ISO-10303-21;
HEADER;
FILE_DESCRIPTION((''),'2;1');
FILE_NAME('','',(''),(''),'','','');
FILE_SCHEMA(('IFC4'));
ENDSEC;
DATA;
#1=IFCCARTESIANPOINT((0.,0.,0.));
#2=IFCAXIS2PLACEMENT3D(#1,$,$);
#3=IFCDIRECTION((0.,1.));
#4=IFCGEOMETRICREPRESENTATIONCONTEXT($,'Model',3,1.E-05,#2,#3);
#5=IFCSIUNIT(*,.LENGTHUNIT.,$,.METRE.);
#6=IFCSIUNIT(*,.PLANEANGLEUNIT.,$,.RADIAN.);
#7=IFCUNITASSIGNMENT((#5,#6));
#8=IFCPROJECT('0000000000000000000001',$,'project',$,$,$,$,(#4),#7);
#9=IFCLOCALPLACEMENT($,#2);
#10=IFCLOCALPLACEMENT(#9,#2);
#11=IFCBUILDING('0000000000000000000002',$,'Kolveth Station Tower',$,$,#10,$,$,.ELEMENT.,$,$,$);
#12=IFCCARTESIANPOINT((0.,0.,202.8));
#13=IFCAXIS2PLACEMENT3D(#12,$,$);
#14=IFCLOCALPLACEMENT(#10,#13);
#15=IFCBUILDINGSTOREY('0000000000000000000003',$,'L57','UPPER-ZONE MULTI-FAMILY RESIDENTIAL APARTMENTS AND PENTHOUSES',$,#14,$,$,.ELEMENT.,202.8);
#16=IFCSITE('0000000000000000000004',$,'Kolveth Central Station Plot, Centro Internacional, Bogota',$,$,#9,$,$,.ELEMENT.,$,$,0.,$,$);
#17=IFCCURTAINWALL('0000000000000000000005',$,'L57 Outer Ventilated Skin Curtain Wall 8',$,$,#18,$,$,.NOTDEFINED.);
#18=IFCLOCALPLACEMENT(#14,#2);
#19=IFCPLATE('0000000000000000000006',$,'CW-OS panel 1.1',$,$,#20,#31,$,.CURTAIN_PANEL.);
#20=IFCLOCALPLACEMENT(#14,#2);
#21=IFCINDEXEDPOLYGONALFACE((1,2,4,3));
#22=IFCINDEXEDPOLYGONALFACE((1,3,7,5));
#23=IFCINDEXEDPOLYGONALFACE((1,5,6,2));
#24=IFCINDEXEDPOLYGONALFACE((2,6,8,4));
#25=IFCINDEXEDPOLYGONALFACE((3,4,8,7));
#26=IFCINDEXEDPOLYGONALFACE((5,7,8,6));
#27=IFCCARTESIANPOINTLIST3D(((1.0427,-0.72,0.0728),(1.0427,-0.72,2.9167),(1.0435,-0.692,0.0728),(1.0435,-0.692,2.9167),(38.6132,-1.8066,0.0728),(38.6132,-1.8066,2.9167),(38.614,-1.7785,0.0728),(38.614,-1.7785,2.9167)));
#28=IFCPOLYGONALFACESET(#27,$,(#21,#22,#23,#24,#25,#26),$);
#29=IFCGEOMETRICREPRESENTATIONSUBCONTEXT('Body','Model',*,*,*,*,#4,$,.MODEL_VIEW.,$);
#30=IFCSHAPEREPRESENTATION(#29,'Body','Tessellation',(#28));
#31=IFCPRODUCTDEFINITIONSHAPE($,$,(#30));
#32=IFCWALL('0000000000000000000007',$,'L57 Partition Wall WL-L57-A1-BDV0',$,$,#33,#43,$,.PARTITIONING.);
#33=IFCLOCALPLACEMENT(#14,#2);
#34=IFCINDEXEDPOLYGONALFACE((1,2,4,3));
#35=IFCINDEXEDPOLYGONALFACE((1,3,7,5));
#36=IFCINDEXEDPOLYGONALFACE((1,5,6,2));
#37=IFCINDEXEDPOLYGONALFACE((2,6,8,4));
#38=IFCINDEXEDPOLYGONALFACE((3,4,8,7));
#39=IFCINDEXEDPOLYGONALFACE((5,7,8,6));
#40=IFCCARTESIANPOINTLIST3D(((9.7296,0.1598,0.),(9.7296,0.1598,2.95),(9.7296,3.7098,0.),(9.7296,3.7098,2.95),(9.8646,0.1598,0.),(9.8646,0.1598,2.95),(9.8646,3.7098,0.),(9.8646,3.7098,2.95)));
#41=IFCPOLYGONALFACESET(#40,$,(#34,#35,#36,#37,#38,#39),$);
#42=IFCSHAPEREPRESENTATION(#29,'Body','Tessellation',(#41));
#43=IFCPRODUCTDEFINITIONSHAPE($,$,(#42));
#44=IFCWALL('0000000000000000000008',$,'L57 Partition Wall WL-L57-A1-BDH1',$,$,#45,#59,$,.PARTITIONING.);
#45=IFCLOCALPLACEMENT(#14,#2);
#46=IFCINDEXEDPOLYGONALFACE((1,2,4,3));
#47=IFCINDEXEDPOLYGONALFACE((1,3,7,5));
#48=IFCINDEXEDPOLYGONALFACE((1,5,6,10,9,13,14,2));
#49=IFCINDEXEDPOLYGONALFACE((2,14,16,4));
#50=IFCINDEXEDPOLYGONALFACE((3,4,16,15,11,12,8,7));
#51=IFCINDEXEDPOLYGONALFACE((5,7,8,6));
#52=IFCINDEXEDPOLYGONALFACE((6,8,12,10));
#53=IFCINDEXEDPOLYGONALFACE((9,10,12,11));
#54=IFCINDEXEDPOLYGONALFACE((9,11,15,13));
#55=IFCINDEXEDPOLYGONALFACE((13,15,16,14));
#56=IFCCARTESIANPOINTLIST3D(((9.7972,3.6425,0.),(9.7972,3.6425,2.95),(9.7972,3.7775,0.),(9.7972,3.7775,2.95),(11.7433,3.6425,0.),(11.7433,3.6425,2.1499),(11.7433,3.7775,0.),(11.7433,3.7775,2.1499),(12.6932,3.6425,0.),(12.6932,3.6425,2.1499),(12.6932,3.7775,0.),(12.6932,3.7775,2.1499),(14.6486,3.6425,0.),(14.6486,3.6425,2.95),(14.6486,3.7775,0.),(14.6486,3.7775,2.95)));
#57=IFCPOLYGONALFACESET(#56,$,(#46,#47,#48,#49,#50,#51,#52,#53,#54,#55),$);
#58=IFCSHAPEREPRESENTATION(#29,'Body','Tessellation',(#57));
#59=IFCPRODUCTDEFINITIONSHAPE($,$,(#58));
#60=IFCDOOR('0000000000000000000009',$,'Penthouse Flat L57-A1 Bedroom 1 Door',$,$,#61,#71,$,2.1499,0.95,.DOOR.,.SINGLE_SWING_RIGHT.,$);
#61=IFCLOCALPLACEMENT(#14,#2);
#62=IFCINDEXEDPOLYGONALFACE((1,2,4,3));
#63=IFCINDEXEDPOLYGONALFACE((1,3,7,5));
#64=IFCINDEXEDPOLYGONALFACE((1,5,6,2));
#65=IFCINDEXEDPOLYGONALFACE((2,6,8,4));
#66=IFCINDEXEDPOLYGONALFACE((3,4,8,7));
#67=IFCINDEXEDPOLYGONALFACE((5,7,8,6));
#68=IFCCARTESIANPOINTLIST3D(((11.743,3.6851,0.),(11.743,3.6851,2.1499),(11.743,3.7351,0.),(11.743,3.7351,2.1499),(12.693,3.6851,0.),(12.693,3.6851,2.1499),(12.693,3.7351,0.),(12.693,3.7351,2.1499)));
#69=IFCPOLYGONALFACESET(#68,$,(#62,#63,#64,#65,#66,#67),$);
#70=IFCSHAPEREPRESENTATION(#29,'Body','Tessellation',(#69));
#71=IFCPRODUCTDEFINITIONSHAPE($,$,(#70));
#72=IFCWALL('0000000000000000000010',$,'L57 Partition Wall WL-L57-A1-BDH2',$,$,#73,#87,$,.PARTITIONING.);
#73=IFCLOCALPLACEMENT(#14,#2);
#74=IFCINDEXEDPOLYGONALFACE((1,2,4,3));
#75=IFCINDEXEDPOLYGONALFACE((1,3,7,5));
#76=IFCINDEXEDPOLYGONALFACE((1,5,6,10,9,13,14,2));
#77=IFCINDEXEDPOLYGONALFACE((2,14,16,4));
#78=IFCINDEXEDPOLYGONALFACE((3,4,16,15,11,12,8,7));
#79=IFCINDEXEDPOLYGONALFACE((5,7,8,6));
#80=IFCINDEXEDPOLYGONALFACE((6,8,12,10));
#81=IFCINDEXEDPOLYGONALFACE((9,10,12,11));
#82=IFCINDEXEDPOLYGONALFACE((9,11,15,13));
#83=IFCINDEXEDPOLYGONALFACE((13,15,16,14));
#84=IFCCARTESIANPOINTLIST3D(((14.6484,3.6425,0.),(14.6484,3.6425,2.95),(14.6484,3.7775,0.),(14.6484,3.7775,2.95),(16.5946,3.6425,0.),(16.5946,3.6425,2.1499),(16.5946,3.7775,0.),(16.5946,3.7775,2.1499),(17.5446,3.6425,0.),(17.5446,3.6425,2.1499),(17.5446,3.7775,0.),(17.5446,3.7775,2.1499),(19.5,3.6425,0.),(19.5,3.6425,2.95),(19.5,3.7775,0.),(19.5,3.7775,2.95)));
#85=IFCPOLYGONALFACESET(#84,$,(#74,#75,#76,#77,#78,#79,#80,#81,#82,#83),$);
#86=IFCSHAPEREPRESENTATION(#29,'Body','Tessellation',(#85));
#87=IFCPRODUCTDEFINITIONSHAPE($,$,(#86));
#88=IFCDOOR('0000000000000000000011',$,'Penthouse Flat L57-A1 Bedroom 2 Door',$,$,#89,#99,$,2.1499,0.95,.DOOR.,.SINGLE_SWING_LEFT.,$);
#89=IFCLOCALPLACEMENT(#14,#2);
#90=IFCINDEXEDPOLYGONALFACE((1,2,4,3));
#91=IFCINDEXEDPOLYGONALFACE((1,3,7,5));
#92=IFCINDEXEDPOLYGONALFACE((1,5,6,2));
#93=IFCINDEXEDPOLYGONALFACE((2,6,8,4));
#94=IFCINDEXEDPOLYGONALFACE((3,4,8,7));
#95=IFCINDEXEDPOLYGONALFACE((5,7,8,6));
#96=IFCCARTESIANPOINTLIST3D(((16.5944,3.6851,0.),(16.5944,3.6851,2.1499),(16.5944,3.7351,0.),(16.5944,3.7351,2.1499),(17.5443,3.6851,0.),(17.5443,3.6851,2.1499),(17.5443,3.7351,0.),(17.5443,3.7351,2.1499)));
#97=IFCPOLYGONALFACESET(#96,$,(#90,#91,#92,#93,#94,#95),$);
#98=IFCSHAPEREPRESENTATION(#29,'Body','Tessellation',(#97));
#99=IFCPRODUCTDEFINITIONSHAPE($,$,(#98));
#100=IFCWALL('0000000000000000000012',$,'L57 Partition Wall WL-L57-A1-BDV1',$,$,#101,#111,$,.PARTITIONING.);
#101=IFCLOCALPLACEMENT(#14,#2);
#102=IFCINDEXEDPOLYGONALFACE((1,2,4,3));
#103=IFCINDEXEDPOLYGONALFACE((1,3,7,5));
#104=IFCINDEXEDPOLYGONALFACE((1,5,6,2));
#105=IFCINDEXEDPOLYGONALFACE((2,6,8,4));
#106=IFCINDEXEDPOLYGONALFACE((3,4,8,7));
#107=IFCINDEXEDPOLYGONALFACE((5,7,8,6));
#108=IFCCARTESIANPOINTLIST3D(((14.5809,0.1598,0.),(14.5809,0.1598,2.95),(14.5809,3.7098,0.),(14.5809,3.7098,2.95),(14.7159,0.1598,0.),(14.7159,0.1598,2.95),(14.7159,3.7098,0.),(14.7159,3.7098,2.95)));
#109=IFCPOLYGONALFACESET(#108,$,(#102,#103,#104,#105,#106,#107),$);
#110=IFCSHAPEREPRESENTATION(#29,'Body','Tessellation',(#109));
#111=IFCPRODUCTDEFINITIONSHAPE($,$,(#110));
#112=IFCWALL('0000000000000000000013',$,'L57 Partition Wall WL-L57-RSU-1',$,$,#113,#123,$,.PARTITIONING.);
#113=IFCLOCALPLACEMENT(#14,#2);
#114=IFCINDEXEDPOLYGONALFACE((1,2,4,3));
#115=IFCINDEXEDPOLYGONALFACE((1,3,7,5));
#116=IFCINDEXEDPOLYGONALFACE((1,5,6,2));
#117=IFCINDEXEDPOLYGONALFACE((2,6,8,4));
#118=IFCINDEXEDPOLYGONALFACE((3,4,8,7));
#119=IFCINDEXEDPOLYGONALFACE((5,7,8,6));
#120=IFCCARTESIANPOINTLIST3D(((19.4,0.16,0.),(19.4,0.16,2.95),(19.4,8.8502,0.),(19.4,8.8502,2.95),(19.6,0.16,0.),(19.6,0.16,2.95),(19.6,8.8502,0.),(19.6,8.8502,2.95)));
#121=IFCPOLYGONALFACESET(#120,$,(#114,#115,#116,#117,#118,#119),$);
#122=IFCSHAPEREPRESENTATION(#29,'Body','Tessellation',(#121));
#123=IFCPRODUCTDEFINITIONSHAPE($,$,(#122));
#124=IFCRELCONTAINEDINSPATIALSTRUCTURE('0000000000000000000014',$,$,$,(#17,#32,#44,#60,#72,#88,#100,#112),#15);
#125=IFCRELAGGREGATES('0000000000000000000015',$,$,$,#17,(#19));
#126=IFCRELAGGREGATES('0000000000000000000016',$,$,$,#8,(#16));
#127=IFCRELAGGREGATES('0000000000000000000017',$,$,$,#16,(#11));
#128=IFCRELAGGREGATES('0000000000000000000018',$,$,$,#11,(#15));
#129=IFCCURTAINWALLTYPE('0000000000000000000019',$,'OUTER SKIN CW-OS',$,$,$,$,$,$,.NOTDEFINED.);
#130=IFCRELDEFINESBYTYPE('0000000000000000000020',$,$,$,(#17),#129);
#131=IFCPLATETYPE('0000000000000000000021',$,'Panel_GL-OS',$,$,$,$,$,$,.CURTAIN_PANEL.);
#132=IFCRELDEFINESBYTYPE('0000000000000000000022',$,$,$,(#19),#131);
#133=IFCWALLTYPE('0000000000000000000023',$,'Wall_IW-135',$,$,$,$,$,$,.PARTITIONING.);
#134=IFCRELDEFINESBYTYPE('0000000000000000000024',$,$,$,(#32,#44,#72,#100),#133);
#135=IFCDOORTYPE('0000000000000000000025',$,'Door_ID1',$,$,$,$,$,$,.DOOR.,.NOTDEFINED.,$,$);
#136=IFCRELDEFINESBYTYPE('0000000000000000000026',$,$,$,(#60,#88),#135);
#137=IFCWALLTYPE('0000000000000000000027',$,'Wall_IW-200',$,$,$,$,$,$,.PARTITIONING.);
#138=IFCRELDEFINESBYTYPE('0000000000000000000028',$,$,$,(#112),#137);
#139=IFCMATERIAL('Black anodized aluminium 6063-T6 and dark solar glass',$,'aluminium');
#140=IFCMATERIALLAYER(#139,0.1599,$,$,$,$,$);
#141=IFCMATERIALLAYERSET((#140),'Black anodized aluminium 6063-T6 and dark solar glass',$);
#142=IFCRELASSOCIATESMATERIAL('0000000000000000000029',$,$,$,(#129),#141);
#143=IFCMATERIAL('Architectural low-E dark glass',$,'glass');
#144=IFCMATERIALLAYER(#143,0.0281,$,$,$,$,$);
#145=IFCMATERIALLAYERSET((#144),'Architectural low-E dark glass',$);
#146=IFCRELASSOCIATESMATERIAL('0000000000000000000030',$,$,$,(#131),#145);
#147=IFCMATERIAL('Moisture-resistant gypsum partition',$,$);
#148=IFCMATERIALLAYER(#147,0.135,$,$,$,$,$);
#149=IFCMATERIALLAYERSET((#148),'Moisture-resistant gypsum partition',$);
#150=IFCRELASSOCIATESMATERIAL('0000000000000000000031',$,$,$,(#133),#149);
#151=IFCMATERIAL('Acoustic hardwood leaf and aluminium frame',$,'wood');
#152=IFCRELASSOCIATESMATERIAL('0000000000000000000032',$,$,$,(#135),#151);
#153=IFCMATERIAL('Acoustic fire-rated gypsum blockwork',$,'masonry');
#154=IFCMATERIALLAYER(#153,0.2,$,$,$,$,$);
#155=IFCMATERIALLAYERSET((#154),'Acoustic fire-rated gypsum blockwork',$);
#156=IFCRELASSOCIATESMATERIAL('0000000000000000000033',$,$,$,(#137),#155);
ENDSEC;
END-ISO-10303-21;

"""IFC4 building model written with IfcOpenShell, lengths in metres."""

from ifc_helpers import new_model, si_unit, direction, frame, frame_2d, origin, origin_2d, place, context, subcontext, project, spatial, rectangle, extrude, source, transform, mapped, material, layer, layer_set, type_object, element, fill, aggregate, save


model = new_model("IFC4")

# Units and contexts
model_context = context("Model", 3, precision=1e-05, world=origin(), true_north=direction((0.0, 1.0)))
body_context = subcontext(model_context, "Body", "Model", "MODEL_VIEW")
ifc_project = project(units=[si_unit("LENGTHUNIT", "METRE"), si_unit("PLANEANGLEUNIT", "RADIAN")], contexts=[model_context])

# Site, building, storey
site_placement = place(None, origin())
site = spatial("IfcSite", under=ifc_project, at=site_placement, Name="Kolveth Central Station Plot, Centro Internacional, Bogota", CompositionType="ELEMENT", RefElevation=0.0)
building_placement = place(site_placement, origin())
building = spatial("IfcBuilding", under=site, at=building_placement, Name="Kolveth Station Tower", CompositionType="ELEMENT")
storey_placement = place(building_placement, frame((0.0, 0.0, 202.8)))
storey = spatial("IfcBuildingStorey", under=building, at=storey_placement, Name="L57", Description="UPPER-ZONE MULTI-FAMILY RESIDENTIAL APARTMENTS AND PENTHOUSES", CompositionType="ELEMENT", Elevation=202.8)

# Curtain wall, plate
ifc_material_1 = material(Name="Black anodized aluminium 6063-T6 and dark solar glass", Category="aluminium")
ifc_layer_1 = layer(ifc_material_1, 0.1599)
ifc_layer_set_1 = layer_set([ifc_layer_1], Name="Black anodized aluminium 6063-T6 and dark solar glass")
curtain_wall_type = type_object("IfcCurtainWallType", Name="OUTER SKIN CW-OS", PredefinedType="NOTDEFINED", material=ifc_layer_set_1)
curtain_wall_placement = place(storey_placement, origin())
curtain_wall = element("IfcCurtainWall", 1, at=curtain_wall_placement, inside=storey, type_object=curtain_wall_type, Name="L57 Outer Ventilated Skin Curtain Wall 8", PredefinedType="NOTDEFINED")
ifc_material_2 = material(Name="Architectural low-E dark glass", Category="glass")
ifc_layer_2 = layer(ifc_material_2, 0.0281)
ifc_layer_set_2 = layer_set([ifc_layer_2], Name="Architectural low-E dark glass")
plate_type = type_object("IfcPlateType", Name="Panel_GL-OS", PredefinedType="CURTAIN_PANEL", material=ifc_layer_set_2)
shared_shape_1 = source(origin(), body_context, "Body", "SweptSolid", [
    extrude(rectangle(XDim=37.5862, YDim=0.0281, at=origin_2d()), origin(), (0.0, 0.0, 1.0), 2.844),
])
plate_placement = place(storey_placement, frame((19.8284, -1.2493, 0.0728), z_axis=(0.0, 0.0, 1.0), x_axis=(0.999582, -0.028907, 0.0)))
plate = element("IfcPlate", 2, at=plate_placement, type_object=plate_type, Name="CW-OS panel 1.1", PredefinedType="CURTAIN_PANEL", context=body_context, shape_type="MappedRepresentation", body=[
    mapped(shared_shape_1, transform((0.0, 0.0, 0.0), x_axis=(1.0, 0.0, 0.0), y_axis=(0.0, 1.0, 0.0), z_axis=(0.0, 0.0, 1.0), scale=1.0)),
])
aggregate(curtain_wall, [plate])

# Wall
ifc_material_3 = material(Name="Moisture-resistant gypsum partition")
ifc_layer_3 = layer(ifc_material_3, 0.135)
ifc_layer_set_3 = layer_set([ifc_layer_3], Name="Moisture-resistant gypsum partition")
wall_type_1 = type_object("IfcWallType", Name="Wall_IW-135", PredefinedType="PARTITIONING", material=ifc_layer_set_3)
wall_1_placement = place(storey_placement, frame((9.7971, 0.1599, 0.0), z_axis=(0.0, 0.0, 1.0), x_axis=(0.0, 1.0, 0.0)))
element("IfcWall", 3, at=wall_1_placement, inside=storey, type_object=wall_type_1, Name="L57 Partition Wall WL-L57-A1-BDV0", PredefinedType="PARTITIONING", context=body_context, shape_type="SweptSolid", body=[
    extrude(rectangle(XDim=3.55, YDim=0.135, at=frame_2d((1.7749, 0.0))), origin(), (0.0, 0.0, 1.0), 2.95),
])

# Walls, openings, doors
wall_2_placement = place(storey_placement, frame((9.7971, 3.71, 0.0), z_axis=(0.0, 0.0, 1.0), x_axis=(1.0, 0.0, 0.0)))
wall_2 = element("IfcWall", 4, at=wall_2_placement, inside=storey, type_object=wall_type_1, Name="L57 Partition Wall WL-L57-A1-BDH1", PredefinedType="PARTITIONING", context=body_context, shape_type="SweptSolid", body=[
    extrude(rectangle(XDim=4.8513, YDim=0.135, at=frame_2d((2.4258, 0.0))), origin(), (0.0, 0.0, 1.0), 2.95),
])
opening_1_placement = place(wall_2_placement, frame((1.946, 0.0, 0.0)))
opening_1 = element("IfcOpeningElement", 5, at=opening_1_placement, cuts=wall_2, PredefinedType="OPENING", context=body_context, shape_type="SweptSolid", body=[
    extrude(rectangle(XDim=0.95, YDim=2.1499, at=frame_2d((0.4751, 1.075))), frame((0.0, 0.0774, 0.0), z_axis=(0.0, -1.0, 0.0), x_axis=(1.0, 0.0, 0.0)), (0.0, 0.0, 1.0), 0.155),
])
ifc_material_4 = material(Name="Acoustic hardwood leaf and aluminium frame", Category="wood")
door_type = type_object("IfcDoorType", Name="Door_ID1", OperationType="NOTDEFINED", PredefinedType="DOOR", material=ifc_material_4)
door_1_placement = place(opening_1_placement, frame((0.95, 0.0, 0.0), z_axis=(0.0, 0.0, 1.0), x_axis=(-1.0, 0.0, 0.0)))
door_1 = element("IfcDoor", 6, at=door_1_placement, inside=storey, type_object=door_type, Name="Penthouse Flat L57-A1 Bedroom 1 Door", OperationType="SINGLE_SWING_RIGHT", OverallHeight=2.1499, OverallWidth=0.95, PredefinedType="DOOR", context=body_context, shape_type="SweptSolid", body=[
    extrude(rectangle(XDim=0.95, YDim=2.1499, at=frame_2d((0.4751, 1.075))), frame((0.0, 0.0249, 0.0), z_axis=(0.0, -1.0, 0.0), x_axis=(1.0, 0.0, 0.0)), (0.0, 0.0, 1.0), 0.05),
])
fill(opening_1, door_1)
wall_3_placement = place(storey_placement, frame((14.6484, 3.71, 0.0), z_axis=(0.0, 0.0, 1.0), x_axis=(1.0, 0.0, 0.0)))
wall_3 = element("IfcWall", 7, at=wall_3_placement, inside=storey, type_object=wall_type_1, Name="L57 Partition Wall WL-L57-A1-BDH2", PredefinedType="PARTITIONING", context=body_context, shape_type="SweptSolid", body=[
    extrude(rectangle(XDim=4.8516, YDim=0.135, at=frame_2d((2.4258, 0.0))), origin(), (0.0, 0.0, 1.0), 2.95),
])
opening_2_placement = place(wall_3_placement, frame((1.946, 0.0, 0.0)))
opening_2 = element("IfcOpeningElement", 8, at=opening_2_placement, cuts=wall_3, PredefinedType="OPENING", context=body_context, shape_type="SweptSolid", body=[
    extrude(rectangle(XDim=0.95, YDim=2.1499, at=frame_2d((0.4751, 1.075))), frame((0.0, 0.0774, 0.0), z_axis=(0.0, -1.0, 0.0), x_axis=(1.0, 0.0, 0.0)), (0.0, 0.0, 1.0), 0.155),
])
door_2_placement = place(opening_2_placement, frame((0.95, 0.0, 0.0), z_axis=(0.0, 0.0, 1.0), x_axis=(-1.0, 0.0, 0.0)))
door_2 = element("IfcDoor", 9, at=door_2_placement, inside=storey, type_object=door_type, Name="Penthouse Flat L57-A1 Bedroom 2 Door", OperationType="SINGLE_SWING_LEFT", OverallHeight=2.1499, OverallWidth=0.95, PredefinedType="DOOR", context=body_context, shape_type="SweptSolid", body=[
    extrude(rectangle(XDim=0.95, YDim=2.1499, at=frame_2d((0.4751, 1.075))), frame((0.0, 0.0249, 0.0), z_axis=(0.0, -1.0, 0.0), x_axis=(1.0, 0.0, 0.0)), (0.0, 0.0, 1.0), 0.05),
])
fill(opening_2, door_2)

# Walls
wall_4_placement = place(storey_placement, frame((14.6484, 0.1599, 0.0), z_axis=(0.0, 0.0, 1.0), x_axis=(0.0, 1.0, 0.0)))
element("IfcWall", 10, at=wall_4_placement, inside=storey, type_object=wall_type_1, Name="L57 Partition Wall WL-L57-A1-BDV1", PredefinedType="PARTITIONING", context=body_context, shape_type="SweptSolid", body=[
    extrude(rectangle(XDim=3.55, YDim=0.135, at=frame_2d((1.7749, 0.0))), origin(), (0.0, 0.0, 1.0), 2.95),
])
ifc_material_5 = material(Name="Acoustic fire-rated gypsum blockwork", Category="masonry")
ifc_layer_4 = layer(ifc_material_5, 0.2)
ifc_layer_set_4 = layer_set([ifc_layer_4], Name="Acoustic fire-rated gypsum blockwork")
wall_type_2 = type_object("IfcWallType", Name="Wall_IW-200", PredefinedType="PARTITIONING", material=ifc_layer_set_4)
wall_5_placement = place(storey_placement, frame((19.5, 0.1599, 0.0), z_axis=(0.0, 0.0, 1.0), x_axis=(0.0, 1.0, 0.0)))
element("IfcWall", 11, at=wall_5_placement, inside=storey, type_object=wall_type_2, Name="L57 Partition Wall WL-L57-RSU-1", PredefinedType="PARTITIONING", context=body_context, shape_type="SweptSolid", body=[
    extrude(rectangle(XDim=8.6902, YDim=0.2, at=frame_2d((4.3452, 0.0))), origin(), (0.0, 0.0, 1.0), 2.95),
])

save(model, "model.ifc")
